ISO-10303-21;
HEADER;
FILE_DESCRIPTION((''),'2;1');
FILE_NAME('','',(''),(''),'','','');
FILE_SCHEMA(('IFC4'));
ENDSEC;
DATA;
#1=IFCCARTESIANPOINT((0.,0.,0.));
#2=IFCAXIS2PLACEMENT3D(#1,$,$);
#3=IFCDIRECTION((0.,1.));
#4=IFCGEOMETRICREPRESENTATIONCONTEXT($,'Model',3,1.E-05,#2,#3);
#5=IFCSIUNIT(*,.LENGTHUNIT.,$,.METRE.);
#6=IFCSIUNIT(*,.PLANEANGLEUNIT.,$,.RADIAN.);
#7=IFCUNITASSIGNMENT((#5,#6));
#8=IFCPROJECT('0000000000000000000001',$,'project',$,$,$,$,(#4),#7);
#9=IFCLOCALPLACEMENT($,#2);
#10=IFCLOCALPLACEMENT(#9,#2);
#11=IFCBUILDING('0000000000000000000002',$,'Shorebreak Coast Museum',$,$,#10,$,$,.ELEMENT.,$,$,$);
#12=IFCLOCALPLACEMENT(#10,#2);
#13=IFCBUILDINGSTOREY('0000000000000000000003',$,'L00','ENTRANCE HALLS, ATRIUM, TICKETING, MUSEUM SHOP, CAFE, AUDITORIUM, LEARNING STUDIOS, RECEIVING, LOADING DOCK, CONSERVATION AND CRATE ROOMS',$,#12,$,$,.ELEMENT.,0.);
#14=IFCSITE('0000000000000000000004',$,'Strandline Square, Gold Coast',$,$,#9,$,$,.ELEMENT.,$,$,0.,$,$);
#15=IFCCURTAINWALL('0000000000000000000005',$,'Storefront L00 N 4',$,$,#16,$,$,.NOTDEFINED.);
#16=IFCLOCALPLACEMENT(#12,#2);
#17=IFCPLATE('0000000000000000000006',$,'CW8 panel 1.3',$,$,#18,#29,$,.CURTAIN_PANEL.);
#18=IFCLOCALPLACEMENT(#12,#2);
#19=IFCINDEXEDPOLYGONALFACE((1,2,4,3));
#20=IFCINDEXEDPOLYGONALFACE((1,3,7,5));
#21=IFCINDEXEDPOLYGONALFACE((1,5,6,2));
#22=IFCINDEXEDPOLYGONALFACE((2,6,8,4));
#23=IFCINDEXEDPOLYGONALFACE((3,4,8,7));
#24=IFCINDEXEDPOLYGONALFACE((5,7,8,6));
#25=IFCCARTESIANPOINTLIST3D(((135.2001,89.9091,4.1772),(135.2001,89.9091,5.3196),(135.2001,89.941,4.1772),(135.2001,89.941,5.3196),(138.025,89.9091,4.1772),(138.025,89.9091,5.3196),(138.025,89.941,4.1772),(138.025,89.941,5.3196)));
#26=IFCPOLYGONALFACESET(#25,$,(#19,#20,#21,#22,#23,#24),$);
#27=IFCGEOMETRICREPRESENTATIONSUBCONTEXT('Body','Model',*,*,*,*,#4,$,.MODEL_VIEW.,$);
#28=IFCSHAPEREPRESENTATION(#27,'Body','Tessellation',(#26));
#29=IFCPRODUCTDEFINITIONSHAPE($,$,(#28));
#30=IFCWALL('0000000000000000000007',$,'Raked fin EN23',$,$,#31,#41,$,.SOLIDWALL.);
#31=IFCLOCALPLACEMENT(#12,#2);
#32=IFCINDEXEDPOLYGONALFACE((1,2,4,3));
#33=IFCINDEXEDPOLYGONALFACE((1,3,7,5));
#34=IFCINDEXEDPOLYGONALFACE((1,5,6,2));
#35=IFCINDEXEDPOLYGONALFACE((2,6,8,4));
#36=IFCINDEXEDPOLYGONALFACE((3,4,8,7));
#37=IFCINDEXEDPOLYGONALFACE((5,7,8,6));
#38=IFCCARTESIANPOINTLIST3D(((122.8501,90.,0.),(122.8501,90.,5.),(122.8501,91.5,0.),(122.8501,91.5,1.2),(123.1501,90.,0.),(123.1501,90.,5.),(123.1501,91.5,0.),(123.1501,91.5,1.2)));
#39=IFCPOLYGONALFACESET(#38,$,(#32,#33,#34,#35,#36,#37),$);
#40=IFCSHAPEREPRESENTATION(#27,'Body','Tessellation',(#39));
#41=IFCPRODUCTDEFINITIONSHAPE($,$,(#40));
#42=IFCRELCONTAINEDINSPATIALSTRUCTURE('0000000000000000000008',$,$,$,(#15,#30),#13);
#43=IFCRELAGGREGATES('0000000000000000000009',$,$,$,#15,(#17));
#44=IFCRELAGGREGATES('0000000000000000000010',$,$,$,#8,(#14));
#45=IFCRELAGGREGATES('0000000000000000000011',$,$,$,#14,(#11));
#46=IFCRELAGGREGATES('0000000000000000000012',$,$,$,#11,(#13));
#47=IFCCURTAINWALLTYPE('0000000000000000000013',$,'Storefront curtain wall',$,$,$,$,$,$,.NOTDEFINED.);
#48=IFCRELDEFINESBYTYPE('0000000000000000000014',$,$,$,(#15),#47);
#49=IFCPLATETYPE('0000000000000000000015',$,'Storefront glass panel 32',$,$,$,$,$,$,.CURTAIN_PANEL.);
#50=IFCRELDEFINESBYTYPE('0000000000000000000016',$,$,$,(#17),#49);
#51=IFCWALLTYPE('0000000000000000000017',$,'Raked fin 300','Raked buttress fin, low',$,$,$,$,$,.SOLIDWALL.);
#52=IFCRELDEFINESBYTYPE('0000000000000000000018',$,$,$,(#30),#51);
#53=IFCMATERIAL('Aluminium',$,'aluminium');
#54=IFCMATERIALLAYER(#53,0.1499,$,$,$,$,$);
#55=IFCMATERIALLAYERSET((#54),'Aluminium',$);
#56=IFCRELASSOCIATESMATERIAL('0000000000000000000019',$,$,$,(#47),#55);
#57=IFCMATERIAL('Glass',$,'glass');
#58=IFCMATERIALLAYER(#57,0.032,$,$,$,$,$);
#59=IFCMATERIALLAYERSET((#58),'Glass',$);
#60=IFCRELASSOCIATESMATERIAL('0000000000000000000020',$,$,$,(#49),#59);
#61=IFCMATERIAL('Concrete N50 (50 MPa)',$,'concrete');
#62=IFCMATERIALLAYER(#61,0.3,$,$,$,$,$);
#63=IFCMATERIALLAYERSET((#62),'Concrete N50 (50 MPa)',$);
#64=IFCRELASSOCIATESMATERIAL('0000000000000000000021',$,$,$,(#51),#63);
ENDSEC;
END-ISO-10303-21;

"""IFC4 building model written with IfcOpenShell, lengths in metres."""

from ifc_helpers import new_model, si_unit, direction, frame, origin, origin_2d, place, context, subcontext, project, spatial, polyline, rectangle, outline, extrude, material, layer, layer_set, type_object, element, aggregate, save


model = new_model("IFC4")

# Units and contexts
model_context = context("Model", 3, precision=1e-05, world=origin(), true_north=direction((0.0, 1.0)))
body_context = subcontext(model_context, "Body", "Model", "MODEL_VIEW")
ifc_project = project(units=[si_unit("LENGTHUNIT", "METRE"), si_unit("PLANEANGLEUNIT", "RADIAN")], contexts=[model_context])

# Site, building, storey
site_placement = place(None, origin())
site = spatial("IfcSite", under=ifc_project, at=site_placement, Name="Strandline Square, Gold Coast", CompositionType="ELEMENT", RefElevation=0.0)
building_placement = place(site_placement, origin())
building = spatial("IfcBuilding", under=site, at=building_placement, Name="Shorebreak Coast Museum", CompositionType="ELEMENT")
storey_placement = place(building_placement, origin())
storey = spatial("IfcBuildingStorey", under=building, at=storey_placement, Name="L00", Description="ENTRANCE HALLS, ATRIUM, TICKETING, MUSEUM SHOP, CAFE, AUDITORIUM, LEARNING STUDIOS, RECEIVING, LOADING DOCK, CONSERVATION AND CRATE ROOMS", CompositionType="ELEMENT", Elevation=0.0)

# Shared definitions
ifc_material_1 = material(Name="Aluminium", Category="aluminium")
ifc_layer_1 = layer(ifc_material_1, 0.1499)
ifc_layer_set_1 = layer_set([ifc_layer_1], Name="Aluminium")
curtain_wall_type = type_object("IfcCurtainWallType", Name="Storefront curtain wall", PredefinedType="NOTDEFINED", material=ifc_layer_set_1)

# Curtain wall
curtain_wall_1_placement = place(storey_placement, origin())
curtain_wall_1 = element("IfcCurtainWall", 1, at=curtain_wall_1_placement, inside=storey, type_object=curtain_wall_type, Name="Storefront L00 N 4", PredefinedType="NOTDEFINED")

# Plate
ifc_material_2 = material(Name="Glass", Category="glass")
ifc_layer_2 = layer(ifc_material_2, 0.032)
ifc_layer_set_2 = layer_set([ifc_layer_2], Name="Glass")
plate_type = type_object("IfcPlateType", Name="Storefront glass panel 32", PredefinedType="CURTAIN_PANEL", material=ifc_layer_set_2)
plate_1_placement = place(storey_placement, frame((136.6125, 89.925, 4.1772), z_axis=(0.0, 0.0, 1.0), x_axis=(1.0, 0.0, 0.0)))
plate_1 = element("IfcPlate", 2, at=plate_1_placement, type_object=plate_type, Name="CW8 panel 1.3", PredefinedType="CURTAIN_PANEL", context=body_context, shape_type="SweptSolid", body=[
    extrude(rectangle(XDim=2.825, YDim=0.032, at=origin_2d()), origin(), (0.0, 0.0, 1.0), 1.1423),
])
aggregate(curtain_wall_1, [plate_1])

# Wall
ifc_material_3 = material(Name="Concrete N50 (50 MPa)", Category="concrete")
ifc_layer_3 = layer(ifc_material_3, 0.3)
ifc_layer_set_3 = layer_set([ifc_layer_3], Name="Concrete N50 (50 MPa)")
wall_type = type_object("IfcWallType", Name="Raked fin 300", Description="Raked buttress fin, low", PredefinedType="SOLIDWALL", material=ifc_layer_set_3)
wall_placement = place(storey_placement, frame((123.0, 90.0, 0.0), z_axis=(0.0, 0.0, 1.0), x_axis=(0.0, 1.0, 0.0)))
element("IfcWall", 3, at=wall_placement, inside=storey, type_object=wall_type, Name="Raked fin EN23", PredefinedType="SOLIDWALL", context=body_context, shape_type="SweptSolid", body=[
    extrude(outline(polyline([(0.0, 0.0), (1.5, 0.0), (1.5, 1.2), (0.0, 5.0), (0.0, 0.0)])), frame((0.0, 0.1499, 0.0), z_axis=(0.0, -1.0, 0.0), x_axis=(1.0, 0.0, 0.0)), (0.0, 0.0, 1.0), 0.3),
])

save(model, "model.ifc")
